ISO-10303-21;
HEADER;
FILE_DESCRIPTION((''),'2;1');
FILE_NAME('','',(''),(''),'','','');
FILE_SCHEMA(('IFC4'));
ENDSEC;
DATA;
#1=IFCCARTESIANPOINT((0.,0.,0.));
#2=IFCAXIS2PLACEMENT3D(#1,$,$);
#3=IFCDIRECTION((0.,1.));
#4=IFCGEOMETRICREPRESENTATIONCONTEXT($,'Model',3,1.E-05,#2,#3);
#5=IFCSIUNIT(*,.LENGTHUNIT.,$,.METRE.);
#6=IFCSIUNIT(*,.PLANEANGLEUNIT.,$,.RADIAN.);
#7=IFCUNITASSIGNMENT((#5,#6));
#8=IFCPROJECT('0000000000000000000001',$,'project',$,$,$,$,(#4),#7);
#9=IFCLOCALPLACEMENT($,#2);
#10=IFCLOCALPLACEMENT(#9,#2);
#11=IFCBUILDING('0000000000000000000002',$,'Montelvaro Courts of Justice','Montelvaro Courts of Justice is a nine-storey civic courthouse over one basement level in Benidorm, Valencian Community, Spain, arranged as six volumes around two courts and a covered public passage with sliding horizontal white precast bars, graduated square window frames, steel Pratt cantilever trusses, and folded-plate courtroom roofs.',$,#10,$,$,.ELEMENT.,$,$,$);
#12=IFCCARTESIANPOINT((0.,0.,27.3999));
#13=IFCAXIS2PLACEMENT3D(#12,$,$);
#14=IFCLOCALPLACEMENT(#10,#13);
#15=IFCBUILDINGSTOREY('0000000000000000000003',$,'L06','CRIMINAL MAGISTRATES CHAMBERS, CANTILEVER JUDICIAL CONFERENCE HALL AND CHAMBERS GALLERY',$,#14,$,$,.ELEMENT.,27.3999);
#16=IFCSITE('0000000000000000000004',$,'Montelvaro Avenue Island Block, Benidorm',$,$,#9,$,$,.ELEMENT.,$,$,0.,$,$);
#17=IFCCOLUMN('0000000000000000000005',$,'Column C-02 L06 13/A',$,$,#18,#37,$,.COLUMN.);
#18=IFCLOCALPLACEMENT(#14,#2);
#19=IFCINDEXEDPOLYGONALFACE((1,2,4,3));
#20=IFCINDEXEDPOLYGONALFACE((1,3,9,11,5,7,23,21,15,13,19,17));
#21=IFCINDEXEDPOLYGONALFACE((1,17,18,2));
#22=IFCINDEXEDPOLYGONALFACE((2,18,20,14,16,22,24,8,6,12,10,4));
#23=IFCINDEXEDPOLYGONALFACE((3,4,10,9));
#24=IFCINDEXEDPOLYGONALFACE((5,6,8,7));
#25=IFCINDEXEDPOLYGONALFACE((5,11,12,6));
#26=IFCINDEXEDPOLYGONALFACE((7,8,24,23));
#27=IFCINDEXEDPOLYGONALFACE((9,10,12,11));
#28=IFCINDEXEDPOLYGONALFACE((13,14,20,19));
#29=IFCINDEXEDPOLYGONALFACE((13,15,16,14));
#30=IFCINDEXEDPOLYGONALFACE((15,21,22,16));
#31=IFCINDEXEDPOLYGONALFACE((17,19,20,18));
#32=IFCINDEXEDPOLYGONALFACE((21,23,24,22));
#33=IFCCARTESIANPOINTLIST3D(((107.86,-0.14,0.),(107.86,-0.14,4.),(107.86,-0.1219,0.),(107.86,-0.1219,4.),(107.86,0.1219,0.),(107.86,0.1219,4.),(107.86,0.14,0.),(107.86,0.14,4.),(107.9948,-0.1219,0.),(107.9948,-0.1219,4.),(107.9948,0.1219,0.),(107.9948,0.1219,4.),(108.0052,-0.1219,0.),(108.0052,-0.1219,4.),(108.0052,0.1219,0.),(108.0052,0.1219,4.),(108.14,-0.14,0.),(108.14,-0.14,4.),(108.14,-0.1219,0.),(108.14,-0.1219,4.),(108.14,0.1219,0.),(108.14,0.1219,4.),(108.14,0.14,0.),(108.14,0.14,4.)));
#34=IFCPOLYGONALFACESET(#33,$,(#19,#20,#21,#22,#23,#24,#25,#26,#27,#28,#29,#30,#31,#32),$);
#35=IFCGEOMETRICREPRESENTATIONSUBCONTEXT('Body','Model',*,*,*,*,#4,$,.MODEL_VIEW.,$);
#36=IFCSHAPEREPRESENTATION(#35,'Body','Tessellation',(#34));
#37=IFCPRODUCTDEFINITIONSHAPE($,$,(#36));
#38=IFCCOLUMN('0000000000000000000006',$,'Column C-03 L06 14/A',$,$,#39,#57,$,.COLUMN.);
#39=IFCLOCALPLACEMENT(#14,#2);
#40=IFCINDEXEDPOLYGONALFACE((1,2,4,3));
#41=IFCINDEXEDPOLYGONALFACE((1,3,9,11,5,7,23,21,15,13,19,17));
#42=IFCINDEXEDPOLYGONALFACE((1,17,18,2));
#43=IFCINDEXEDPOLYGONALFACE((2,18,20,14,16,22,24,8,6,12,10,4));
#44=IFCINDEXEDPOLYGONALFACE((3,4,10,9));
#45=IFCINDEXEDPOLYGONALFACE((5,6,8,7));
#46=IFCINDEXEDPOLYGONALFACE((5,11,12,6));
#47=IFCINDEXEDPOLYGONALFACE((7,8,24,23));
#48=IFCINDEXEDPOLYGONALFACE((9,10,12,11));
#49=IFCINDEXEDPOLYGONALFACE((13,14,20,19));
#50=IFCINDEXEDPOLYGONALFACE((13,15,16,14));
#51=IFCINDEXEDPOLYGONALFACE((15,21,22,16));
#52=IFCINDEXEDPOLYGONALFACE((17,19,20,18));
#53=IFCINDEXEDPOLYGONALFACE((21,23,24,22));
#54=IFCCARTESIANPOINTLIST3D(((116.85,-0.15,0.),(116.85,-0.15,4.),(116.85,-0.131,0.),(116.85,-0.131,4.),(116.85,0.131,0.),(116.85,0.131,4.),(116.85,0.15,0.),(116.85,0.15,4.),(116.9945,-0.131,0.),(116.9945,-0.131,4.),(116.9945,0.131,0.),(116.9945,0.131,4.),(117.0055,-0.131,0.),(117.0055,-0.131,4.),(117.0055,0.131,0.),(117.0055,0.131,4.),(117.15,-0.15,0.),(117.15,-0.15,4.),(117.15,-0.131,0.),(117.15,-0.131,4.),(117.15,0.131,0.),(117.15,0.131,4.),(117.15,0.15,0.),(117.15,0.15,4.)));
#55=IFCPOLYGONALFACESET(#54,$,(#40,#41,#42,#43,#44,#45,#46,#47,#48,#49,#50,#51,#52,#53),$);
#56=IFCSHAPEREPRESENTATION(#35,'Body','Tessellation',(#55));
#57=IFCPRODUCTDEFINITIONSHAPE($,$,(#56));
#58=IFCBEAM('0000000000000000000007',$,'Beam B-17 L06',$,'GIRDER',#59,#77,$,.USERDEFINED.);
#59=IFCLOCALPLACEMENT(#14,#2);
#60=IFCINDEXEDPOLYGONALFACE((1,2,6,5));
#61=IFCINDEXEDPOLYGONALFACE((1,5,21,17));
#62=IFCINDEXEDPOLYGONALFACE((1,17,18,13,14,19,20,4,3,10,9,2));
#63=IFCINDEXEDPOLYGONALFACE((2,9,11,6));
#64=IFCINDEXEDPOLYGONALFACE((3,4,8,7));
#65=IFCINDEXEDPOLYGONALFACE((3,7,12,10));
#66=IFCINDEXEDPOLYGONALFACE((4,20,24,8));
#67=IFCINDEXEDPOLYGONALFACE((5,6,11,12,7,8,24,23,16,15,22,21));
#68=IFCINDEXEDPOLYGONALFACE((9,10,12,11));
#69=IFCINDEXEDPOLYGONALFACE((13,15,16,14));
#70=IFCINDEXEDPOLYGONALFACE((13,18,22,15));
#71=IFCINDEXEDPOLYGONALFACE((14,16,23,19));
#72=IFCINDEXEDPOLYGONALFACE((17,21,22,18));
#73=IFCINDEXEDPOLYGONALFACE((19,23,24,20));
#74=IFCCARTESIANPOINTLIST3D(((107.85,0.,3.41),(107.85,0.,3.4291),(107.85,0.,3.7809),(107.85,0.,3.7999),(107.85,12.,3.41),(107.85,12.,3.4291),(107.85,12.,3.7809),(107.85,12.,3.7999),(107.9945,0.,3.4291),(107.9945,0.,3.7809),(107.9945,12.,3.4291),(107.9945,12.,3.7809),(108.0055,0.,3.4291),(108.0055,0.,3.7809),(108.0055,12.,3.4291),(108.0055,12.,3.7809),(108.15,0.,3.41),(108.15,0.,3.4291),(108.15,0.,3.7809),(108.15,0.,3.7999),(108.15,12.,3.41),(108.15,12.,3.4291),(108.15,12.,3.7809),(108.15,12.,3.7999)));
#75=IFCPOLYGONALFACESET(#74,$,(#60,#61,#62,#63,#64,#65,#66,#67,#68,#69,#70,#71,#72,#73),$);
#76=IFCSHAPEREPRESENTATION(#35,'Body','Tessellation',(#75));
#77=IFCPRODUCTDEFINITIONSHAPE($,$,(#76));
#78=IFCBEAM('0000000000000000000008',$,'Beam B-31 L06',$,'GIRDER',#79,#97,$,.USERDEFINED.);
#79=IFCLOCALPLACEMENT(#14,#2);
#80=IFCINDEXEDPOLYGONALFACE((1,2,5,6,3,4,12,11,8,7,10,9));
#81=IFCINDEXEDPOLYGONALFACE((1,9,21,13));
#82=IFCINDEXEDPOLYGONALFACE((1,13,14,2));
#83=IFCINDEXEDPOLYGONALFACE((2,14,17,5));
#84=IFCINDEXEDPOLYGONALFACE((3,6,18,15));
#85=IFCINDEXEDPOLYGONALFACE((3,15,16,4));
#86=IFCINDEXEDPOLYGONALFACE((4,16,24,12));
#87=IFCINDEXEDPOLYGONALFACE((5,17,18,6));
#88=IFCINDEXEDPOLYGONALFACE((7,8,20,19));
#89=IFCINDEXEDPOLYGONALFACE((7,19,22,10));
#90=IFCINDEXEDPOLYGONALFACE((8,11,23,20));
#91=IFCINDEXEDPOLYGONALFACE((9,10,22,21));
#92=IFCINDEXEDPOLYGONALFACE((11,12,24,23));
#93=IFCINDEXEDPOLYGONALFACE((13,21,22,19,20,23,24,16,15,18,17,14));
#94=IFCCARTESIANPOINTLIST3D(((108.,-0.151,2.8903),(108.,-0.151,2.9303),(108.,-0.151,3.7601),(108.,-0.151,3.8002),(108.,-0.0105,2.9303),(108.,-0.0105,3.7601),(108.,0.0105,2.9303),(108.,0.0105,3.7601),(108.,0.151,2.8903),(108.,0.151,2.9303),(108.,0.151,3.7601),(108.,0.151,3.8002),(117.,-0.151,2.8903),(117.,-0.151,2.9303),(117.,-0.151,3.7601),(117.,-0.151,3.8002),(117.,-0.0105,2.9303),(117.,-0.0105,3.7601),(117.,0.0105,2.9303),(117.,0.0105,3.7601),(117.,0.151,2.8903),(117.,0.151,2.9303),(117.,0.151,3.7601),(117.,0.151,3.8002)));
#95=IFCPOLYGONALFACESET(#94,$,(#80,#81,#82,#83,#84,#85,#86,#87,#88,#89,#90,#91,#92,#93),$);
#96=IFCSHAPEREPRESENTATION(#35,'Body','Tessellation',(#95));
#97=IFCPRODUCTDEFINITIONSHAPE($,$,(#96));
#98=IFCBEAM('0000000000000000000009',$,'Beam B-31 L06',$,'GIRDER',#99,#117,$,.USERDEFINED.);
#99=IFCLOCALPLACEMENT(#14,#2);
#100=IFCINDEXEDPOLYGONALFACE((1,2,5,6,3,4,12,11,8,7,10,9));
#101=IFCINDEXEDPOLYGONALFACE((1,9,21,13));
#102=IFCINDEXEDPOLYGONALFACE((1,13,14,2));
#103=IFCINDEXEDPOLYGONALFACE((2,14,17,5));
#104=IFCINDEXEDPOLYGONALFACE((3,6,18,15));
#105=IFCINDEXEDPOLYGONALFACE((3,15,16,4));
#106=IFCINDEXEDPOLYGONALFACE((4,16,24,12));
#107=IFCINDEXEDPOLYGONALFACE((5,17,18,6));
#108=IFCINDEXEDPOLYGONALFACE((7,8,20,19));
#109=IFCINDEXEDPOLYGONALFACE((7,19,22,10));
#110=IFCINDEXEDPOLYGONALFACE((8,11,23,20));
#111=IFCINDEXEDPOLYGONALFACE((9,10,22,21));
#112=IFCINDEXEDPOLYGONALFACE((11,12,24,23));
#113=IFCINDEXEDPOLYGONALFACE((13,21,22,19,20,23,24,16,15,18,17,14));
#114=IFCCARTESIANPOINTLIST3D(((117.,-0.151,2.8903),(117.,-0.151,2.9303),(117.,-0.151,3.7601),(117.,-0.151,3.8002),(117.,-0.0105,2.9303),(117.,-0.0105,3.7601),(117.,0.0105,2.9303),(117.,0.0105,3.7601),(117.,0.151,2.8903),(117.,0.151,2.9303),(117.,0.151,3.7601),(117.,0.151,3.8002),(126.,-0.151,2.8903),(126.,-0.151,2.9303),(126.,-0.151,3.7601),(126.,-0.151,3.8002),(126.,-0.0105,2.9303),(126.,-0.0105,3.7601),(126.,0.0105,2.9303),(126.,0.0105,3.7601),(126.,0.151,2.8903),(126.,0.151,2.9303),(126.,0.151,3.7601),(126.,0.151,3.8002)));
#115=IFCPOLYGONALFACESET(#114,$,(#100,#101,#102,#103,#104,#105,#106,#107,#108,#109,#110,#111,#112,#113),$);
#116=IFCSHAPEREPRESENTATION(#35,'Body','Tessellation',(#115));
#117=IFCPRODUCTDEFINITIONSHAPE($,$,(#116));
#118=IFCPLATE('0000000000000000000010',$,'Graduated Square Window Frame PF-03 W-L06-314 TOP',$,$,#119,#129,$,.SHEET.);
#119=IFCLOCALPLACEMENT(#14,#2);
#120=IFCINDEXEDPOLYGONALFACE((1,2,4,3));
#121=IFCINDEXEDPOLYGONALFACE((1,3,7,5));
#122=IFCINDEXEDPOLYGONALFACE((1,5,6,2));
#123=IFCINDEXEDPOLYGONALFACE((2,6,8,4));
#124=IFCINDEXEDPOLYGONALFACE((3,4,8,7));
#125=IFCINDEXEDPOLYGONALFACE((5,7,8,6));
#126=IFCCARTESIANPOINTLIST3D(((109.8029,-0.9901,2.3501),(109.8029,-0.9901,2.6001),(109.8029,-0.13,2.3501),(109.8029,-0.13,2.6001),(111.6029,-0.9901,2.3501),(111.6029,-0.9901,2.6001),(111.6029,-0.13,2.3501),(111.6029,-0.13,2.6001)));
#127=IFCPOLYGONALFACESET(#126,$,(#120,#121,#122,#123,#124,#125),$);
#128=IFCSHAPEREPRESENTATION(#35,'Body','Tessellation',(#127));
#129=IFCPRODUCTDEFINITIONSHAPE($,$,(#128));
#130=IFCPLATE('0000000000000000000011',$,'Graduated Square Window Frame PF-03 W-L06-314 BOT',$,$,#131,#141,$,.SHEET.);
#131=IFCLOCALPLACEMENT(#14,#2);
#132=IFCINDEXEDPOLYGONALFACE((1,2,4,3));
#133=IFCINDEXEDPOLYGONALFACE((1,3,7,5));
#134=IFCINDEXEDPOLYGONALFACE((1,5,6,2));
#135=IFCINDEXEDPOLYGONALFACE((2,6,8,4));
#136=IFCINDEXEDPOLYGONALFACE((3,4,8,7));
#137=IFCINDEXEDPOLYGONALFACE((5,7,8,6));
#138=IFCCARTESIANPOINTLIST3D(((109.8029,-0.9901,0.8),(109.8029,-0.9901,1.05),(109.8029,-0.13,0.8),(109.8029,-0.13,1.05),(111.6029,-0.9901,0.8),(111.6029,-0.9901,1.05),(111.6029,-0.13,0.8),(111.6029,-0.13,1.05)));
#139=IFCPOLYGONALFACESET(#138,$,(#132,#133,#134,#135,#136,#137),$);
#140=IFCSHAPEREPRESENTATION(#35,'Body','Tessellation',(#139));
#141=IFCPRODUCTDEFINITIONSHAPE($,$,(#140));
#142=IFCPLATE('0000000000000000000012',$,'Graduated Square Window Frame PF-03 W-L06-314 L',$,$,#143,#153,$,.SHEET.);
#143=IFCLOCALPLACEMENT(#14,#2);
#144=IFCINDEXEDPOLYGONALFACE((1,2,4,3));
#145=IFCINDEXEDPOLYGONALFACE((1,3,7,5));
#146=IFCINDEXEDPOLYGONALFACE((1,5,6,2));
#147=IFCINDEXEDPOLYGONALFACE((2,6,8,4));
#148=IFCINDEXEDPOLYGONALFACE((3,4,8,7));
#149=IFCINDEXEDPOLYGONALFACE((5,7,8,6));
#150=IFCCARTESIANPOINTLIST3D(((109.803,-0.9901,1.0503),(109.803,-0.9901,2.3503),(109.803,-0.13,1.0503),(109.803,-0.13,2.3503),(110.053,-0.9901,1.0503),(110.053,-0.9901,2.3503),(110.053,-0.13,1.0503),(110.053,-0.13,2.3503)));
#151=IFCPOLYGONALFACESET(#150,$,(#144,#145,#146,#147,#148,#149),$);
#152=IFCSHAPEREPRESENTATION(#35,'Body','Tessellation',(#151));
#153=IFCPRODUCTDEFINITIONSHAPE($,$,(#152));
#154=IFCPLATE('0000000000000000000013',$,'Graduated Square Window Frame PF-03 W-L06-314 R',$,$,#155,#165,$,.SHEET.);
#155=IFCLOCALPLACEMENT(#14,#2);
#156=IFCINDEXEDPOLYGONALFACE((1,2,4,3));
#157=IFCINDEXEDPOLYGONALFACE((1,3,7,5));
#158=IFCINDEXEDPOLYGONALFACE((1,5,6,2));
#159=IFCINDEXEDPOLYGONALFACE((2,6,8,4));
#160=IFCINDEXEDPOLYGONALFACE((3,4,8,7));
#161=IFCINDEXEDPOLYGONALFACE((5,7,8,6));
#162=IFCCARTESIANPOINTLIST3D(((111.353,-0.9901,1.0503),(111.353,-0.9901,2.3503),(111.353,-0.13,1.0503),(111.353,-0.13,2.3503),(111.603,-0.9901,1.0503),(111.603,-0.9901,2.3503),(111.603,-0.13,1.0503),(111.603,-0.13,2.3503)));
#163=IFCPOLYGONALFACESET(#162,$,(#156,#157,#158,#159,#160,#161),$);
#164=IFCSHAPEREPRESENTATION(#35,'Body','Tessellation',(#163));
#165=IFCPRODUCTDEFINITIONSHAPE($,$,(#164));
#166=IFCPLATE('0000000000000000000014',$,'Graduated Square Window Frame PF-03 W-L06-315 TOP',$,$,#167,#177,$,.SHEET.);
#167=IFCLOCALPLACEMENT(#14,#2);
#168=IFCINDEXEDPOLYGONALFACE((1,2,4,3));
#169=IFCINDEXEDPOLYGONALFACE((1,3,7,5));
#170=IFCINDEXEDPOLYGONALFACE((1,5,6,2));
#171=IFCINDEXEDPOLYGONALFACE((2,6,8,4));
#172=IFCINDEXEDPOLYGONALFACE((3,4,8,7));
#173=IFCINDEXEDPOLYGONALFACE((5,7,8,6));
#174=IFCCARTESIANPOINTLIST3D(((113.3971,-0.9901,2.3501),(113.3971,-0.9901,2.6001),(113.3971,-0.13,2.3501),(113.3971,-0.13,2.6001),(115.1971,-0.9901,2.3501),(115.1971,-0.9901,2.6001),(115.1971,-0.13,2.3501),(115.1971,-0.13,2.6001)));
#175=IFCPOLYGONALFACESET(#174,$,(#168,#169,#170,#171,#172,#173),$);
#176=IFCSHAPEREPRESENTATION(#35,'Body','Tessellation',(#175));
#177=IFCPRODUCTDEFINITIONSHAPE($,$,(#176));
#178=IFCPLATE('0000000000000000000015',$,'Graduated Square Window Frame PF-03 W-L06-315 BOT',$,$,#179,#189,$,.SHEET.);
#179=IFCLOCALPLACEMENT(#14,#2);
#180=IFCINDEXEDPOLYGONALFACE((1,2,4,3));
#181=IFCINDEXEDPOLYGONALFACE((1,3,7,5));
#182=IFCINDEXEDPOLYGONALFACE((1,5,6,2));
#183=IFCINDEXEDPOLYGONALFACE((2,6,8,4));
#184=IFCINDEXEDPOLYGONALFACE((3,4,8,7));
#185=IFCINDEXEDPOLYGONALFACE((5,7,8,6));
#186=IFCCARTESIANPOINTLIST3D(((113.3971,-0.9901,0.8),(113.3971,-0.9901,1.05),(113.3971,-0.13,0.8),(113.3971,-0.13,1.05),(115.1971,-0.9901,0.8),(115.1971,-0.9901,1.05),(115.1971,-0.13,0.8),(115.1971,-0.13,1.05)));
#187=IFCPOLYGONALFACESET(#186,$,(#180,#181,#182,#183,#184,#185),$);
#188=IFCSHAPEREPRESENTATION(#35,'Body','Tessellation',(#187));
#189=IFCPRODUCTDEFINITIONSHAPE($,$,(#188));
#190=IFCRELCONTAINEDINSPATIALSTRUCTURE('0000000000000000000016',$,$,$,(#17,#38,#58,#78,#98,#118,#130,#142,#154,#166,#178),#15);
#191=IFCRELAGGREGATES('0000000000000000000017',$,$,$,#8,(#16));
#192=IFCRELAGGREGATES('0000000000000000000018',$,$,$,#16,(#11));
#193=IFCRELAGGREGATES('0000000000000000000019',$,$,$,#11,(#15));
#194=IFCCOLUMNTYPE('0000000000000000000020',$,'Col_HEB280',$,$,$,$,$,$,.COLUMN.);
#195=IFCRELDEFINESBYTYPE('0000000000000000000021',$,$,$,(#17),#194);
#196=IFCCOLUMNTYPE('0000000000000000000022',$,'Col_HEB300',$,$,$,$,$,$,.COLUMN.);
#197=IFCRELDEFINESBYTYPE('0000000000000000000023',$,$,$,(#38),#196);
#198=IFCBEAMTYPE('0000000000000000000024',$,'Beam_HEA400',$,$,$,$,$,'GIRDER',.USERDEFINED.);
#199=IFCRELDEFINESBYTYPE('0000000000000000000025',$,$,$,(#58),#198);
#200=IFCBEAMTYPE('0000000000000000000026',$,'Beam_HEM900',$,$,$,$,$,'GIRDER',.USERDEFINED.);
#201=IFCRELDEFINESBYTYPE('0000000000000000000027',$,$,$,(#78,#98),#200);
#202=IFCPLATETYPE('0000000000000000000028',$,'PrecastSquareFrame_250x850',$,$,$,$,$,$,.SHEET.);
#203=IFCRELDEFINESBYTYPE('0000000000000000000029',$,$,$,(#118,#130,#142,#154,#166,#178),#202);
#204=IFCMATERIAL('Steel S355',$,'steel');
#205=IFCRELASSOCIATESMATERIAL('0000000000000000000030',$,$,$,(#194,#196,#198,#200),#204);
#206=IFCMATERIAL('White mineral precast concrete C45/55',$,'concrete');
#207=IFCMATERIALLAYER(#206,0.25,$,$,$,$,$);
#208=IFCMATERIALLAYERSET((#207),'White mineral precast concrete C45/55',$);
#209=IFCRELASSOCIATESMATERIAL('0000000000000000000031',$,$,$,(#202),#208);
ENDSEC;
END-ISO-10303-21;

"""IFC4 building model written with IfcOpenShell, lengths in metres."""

from ifc_helpers import new_model, si_unit, direction, frame, origin, origin_2d, place, context, subcontext, project, spatial, rectangle, i_section, extrude, material, layer, layer_set, material_profile, profile_set, type_object, element, save


model = new_model("IFC4")

# Units and contexts
model_context = context("Model", 3, precision=1e-05, world=origin(), true_north=direction((0.0, 1.0)))
body_context = subcontext(model_context, "Body", "Model", "MODEL_VIEW")
ifc_project = project(units=[si_unit("LENGTHUNIT", "METRE"), si_unit("PLANEANGLEUNIT", "RADIAN")], contexts=[model_context])

# Site, building, storey
site_placement = place(None, origin())
site = spatial("IfcSite", under=ifc_project, at=site_placement, Name="Montelvaro Avenue Island Block, Benidorm", CompositionType="ELEMENT", RefElevation=0.0)
building_placement = place(site_placement, origin())
building = spatial("IfcBuilding", under=site, at=building_placement, Name="Montelvaro Courts of Justice", Description="Montelvaro Courts of Justice is a nine-storey civic courthouse over one basement level in Benidorm, Valencian Community, Spain, arranged as six volumes around two courts and a covered public passage with sliding horizontal white precast bars, graduated square window frames, steel Pratt cantilever trusses, and folded-plate courtroom roofs.", CompositionType="ELEMENT")
storey_placement = place(building_placement, frame((0.0, 0.0, 27.3999)))
storey = spatial("IfcBuildingStorey", under=building, at=storey_placement, Name="L06", Description="CRIMINAL MAGISTRATES CHAMBERS, CANTILEVER JUDICIAL CONFERENCE HALL AND CHAMBERS GALLERY", CompositionType="ELEMENT", Elevation=27.3999)

# Columns
ifc_material_1 = material(Name="Steel S355", Category="steel")
ifc_material_profile_1 = material_profile(ifc_material_1, i_section(OverallWidth=0.28, OverallDepth=0.28, WebThickness=0.0105, FlangeThickness=0.0181, at=origin_2d()), Name="HEB 280")
ifc_profile_set_1 = profile_set([ifc_material_profile_1], Name="Steel S355")
column_type_1 = type_object("IfcColumnType", Name="Col_HEB280", PredefinedType="COLUMN", material=ifc_profile_set_1)
column_1_placement = place(storey_placement, frame((108.0, 0.0, 0.0), z_axis=(0.0, 0.0, 1.0), x_axis=(1.0, 0.0, 0.0)))
element("IfcColumn", 1, at=column_1_placement, inside=storey, type_object=column_type_1, Name="Column C-02 L06 13/A", PredefinedType="COLUMN", context=body_context, shape_type="SweptSolid", body=[
    extrude(i_section(OverallWidth=0.28, OverallDepth=0.28, WebThickness=0.0105, FlangeThickness=0.0181, at=origin_2d()), origin(), (0.0, 0.0, 1.0), 4.0),
])
ifc_material_profile_2 = material_profile(ifc_material_1, i_section(OverallWidth=0.3, OverallDepth=0.3, WebThickness=0.011, FlangeThickness=0.019, at=origin_2d()), Name="HEB 300")
ifc_profile_set_2 = profile_set([ifc_material_profile_2], Name="Steel S355")
column_type_2 = type_object("IfcColumnType", Name="Col_HEB300", PredefinedType="COLUMN", material=ifc_profile_set_2)
column_2_placement = place(storey_placement, frame((117.0, 0.0, 0.0), z_axis=(0.0, 0.0, 1.0), x_axis=(1.0, 0.0, 0.0)))
element("IfcColumn", 2, at=column_2_placement, inside=storey, type_object=column_type_2, Name="Column C-03 L06 14/A", PredefinedType="COLUMN", context=body_context, shape_type="SweptSolid", body=[
    extrude(i_section(OverallWidth=0.3, OverallDepth=0.3, WebThickness=0.011, FlangeThickness=0.019, at=origin_2d()), origin(), (0.0, 0.0, 1.0), 4.0),
])

# Beams
ifc_material_profile_3 = material_profile(ifc_material_1, i_section(OverallWidth=0.3, OverallDepth=0.3899, WebThickness=0.011, FlangeThickness=0.019, at=origin_2d()), Name="HEA 400")
ifc_profile_set_3 = profile_set([ifc_material_profile_3], Name="Steel S355")
beam_type_1 = type_object("IfcBeamType", Name="Beam_HEA400", ElementType="GIRDER", PredefinedType="USERDEFINED", material=ifc_profile_set_3)
beam_placement = place(storey_placement, frame((108.0, 0.0, 3.605), z_axis=(0.0, 1.0, 0.0), x_axis=(-1.0, 0.0, 0.0)))
element("IfcBeam", 3, at=beam_placement, inside=storey, type_object=beam_type_1, Name="Beam B-17 L06", ObjectType="GIRDER", PredefinedType="USERDEFINED", context=body_context, shape_type="SweptSolid", body=[
    extrude(i_section(OverallWidth=0.3, OverallDepth=0.3899, WebThickness=0.011, FlangeThickness=0.019, at=origin_2d()), origin(), (0.0, 0.0, 1.0), 12.0),
])
ifc_material_profile_4 = material_profile(ifc_material_1, i_section(OverallWidth=0.302, OverallDepth=0.9099, WebThickness=0.021, FlangeThickness=0.04, at=origin_2d()), Name="HEM 900")
ifc_profile_set_4 = profile_set([ifc_material_profile_4], Name="Steel S355")
beam_type_2 = type_object("IfcBeamType", Name="Beam_HEM900", ElementType="GIRDER", PredefinedType="USERDEFINED", material=ifc_profile_set_4)
for number, where, z_axis, x_axis, name in (
    (4, (108.0, 0.0, 3.3452), (1.0, 0.0, 0.0), (0.0, 1.0, 0.0), "Beam B-31 L06"),
    (5, (117.0, 0.0, 3.3452), (1.0, 0.0, 0.0), (0.0, 1.0, 0.0), "Beam B-31 L06"),
):
    element("IfcBeam", number, at=place(storey_placement, frame(where, z_axis=z_axis, x_axis=x_axis)), inside=storey, type_object=beam_type_2, Name=name, ObjectType="GIRDER", PredefinedType="USERDEFINED", context=body_context, shape_type="SweptSolid", body=[
        extrude(i_section(OverallWidth=0.302, OverallDepth=0.9099, WebThickness=0.021, FlangeThickness=0.04, at=origin_2d()), origin(), (0.0, 0.0, 1.0), 9.0),
    ])

# Plates
ifc_material_2 = material(Name="White mineral precast concrete C45/55", Category="concrete")
ifc_layer_1 = layer(ifc_material_2, 0.25)
ifc_layer_set_1 = layer_set([ifc_layer_1], Name="White mineral precast concrete C45/55")
plate_type = type_object("IfcPlateType", Name="PrecastSquareFrame_250x850", PredefinedType="SHEET", material=ifc_layer_set_1)
for number, where, z_axis, x_axis, name in (
    (6, (110.7029, -0.5601, 2.3501), (0.0, 0.0, 1.0), (1.0, 0.0, 0.0), "Graduated Square Window Frame PF-03 W-L06-314 TOP"),
    (7, (110.7029, -0.5601, 0.8), (0.0, 0.0, 1.0), (1.0, 0.0, 0.0), "Graduated Square Window Frame PF-03 W-L06-314 BOT"),
):
    element("IfcPlate", number, at=place(storey_placement, frame(where, z_axis=z_axis, x_axis=x_axis)), inside=storey, type_object=plate_type, Name=name, PredefinedType="SHEET", context=body_context, shape_type="SweptSolid", body=[
        extrude(rectangle(XDim=1.8, YDim=0.8601, at=origin_2d()), origin(), (0.0, 0.0, 1.0), 0.25),
    ])
for number, where, z_axis, x_axis, name in (
    (8, (109.928, -0.5601, 1.0503), (0.0, 0.0, 1.0), (1.0, 0.0, 0.0), "Graduated Square Window Frame PF-03 W-L06-314 L"),
    (9, (111.478, -0.5601, 1.0503), (0.0, 0.0, 1.0), (1.0, 0.0, 0.0), "Graduated Square Window Frame PF-03 W-L06-314 R"),
):
    element("IfcPlate", number, at=place(storey_placement, frame(where, z_axis=z_axis, x_axis=x_axis)), inside=storey, type_object=plate_type, Name=name, PredefinedType="SHEET", context=body_context, shape_type="SweptSolid", body=[
        extrude(rectangle(XDim=0.25, YDim=0.8601, at=origin_2d()), origin(), (0.0, 0.0, 1.0), 1.3),
    ])
for number, where, z_axis, x_axis, name in (
    (10, (114.2971, -0.5601, 2.3501), (0.0, 0.0, 1.0), (1.0, 0.0, 0.0), "Graduated Square Window Frame PF-03 W-L06-315 TOP"),
    (11, (114.2971, -0.5601, 0.8), (0.0, 0.0, 1.0), (1.0, 0.0, 0.0), "Graduated Square Window Frame PF-03 W-L06-315 BOT"),
):
    element("IfcPlate", number, at=place(storey_placement, frame(where, z_axis=z_axis, x_axis=x_axis)), inside=storey, type_object=plate_type, Name=name, PredefinedType="SHEET", context=body_context, shape_type="SweptSolid", body=[
        extrude(rectangle(XDim=1.8, YDim=0.8601, at=origin_2d()), origin(), (0.0, 0.0, 1.0), 0.25),
    ])

save(model, "model.ifc")
